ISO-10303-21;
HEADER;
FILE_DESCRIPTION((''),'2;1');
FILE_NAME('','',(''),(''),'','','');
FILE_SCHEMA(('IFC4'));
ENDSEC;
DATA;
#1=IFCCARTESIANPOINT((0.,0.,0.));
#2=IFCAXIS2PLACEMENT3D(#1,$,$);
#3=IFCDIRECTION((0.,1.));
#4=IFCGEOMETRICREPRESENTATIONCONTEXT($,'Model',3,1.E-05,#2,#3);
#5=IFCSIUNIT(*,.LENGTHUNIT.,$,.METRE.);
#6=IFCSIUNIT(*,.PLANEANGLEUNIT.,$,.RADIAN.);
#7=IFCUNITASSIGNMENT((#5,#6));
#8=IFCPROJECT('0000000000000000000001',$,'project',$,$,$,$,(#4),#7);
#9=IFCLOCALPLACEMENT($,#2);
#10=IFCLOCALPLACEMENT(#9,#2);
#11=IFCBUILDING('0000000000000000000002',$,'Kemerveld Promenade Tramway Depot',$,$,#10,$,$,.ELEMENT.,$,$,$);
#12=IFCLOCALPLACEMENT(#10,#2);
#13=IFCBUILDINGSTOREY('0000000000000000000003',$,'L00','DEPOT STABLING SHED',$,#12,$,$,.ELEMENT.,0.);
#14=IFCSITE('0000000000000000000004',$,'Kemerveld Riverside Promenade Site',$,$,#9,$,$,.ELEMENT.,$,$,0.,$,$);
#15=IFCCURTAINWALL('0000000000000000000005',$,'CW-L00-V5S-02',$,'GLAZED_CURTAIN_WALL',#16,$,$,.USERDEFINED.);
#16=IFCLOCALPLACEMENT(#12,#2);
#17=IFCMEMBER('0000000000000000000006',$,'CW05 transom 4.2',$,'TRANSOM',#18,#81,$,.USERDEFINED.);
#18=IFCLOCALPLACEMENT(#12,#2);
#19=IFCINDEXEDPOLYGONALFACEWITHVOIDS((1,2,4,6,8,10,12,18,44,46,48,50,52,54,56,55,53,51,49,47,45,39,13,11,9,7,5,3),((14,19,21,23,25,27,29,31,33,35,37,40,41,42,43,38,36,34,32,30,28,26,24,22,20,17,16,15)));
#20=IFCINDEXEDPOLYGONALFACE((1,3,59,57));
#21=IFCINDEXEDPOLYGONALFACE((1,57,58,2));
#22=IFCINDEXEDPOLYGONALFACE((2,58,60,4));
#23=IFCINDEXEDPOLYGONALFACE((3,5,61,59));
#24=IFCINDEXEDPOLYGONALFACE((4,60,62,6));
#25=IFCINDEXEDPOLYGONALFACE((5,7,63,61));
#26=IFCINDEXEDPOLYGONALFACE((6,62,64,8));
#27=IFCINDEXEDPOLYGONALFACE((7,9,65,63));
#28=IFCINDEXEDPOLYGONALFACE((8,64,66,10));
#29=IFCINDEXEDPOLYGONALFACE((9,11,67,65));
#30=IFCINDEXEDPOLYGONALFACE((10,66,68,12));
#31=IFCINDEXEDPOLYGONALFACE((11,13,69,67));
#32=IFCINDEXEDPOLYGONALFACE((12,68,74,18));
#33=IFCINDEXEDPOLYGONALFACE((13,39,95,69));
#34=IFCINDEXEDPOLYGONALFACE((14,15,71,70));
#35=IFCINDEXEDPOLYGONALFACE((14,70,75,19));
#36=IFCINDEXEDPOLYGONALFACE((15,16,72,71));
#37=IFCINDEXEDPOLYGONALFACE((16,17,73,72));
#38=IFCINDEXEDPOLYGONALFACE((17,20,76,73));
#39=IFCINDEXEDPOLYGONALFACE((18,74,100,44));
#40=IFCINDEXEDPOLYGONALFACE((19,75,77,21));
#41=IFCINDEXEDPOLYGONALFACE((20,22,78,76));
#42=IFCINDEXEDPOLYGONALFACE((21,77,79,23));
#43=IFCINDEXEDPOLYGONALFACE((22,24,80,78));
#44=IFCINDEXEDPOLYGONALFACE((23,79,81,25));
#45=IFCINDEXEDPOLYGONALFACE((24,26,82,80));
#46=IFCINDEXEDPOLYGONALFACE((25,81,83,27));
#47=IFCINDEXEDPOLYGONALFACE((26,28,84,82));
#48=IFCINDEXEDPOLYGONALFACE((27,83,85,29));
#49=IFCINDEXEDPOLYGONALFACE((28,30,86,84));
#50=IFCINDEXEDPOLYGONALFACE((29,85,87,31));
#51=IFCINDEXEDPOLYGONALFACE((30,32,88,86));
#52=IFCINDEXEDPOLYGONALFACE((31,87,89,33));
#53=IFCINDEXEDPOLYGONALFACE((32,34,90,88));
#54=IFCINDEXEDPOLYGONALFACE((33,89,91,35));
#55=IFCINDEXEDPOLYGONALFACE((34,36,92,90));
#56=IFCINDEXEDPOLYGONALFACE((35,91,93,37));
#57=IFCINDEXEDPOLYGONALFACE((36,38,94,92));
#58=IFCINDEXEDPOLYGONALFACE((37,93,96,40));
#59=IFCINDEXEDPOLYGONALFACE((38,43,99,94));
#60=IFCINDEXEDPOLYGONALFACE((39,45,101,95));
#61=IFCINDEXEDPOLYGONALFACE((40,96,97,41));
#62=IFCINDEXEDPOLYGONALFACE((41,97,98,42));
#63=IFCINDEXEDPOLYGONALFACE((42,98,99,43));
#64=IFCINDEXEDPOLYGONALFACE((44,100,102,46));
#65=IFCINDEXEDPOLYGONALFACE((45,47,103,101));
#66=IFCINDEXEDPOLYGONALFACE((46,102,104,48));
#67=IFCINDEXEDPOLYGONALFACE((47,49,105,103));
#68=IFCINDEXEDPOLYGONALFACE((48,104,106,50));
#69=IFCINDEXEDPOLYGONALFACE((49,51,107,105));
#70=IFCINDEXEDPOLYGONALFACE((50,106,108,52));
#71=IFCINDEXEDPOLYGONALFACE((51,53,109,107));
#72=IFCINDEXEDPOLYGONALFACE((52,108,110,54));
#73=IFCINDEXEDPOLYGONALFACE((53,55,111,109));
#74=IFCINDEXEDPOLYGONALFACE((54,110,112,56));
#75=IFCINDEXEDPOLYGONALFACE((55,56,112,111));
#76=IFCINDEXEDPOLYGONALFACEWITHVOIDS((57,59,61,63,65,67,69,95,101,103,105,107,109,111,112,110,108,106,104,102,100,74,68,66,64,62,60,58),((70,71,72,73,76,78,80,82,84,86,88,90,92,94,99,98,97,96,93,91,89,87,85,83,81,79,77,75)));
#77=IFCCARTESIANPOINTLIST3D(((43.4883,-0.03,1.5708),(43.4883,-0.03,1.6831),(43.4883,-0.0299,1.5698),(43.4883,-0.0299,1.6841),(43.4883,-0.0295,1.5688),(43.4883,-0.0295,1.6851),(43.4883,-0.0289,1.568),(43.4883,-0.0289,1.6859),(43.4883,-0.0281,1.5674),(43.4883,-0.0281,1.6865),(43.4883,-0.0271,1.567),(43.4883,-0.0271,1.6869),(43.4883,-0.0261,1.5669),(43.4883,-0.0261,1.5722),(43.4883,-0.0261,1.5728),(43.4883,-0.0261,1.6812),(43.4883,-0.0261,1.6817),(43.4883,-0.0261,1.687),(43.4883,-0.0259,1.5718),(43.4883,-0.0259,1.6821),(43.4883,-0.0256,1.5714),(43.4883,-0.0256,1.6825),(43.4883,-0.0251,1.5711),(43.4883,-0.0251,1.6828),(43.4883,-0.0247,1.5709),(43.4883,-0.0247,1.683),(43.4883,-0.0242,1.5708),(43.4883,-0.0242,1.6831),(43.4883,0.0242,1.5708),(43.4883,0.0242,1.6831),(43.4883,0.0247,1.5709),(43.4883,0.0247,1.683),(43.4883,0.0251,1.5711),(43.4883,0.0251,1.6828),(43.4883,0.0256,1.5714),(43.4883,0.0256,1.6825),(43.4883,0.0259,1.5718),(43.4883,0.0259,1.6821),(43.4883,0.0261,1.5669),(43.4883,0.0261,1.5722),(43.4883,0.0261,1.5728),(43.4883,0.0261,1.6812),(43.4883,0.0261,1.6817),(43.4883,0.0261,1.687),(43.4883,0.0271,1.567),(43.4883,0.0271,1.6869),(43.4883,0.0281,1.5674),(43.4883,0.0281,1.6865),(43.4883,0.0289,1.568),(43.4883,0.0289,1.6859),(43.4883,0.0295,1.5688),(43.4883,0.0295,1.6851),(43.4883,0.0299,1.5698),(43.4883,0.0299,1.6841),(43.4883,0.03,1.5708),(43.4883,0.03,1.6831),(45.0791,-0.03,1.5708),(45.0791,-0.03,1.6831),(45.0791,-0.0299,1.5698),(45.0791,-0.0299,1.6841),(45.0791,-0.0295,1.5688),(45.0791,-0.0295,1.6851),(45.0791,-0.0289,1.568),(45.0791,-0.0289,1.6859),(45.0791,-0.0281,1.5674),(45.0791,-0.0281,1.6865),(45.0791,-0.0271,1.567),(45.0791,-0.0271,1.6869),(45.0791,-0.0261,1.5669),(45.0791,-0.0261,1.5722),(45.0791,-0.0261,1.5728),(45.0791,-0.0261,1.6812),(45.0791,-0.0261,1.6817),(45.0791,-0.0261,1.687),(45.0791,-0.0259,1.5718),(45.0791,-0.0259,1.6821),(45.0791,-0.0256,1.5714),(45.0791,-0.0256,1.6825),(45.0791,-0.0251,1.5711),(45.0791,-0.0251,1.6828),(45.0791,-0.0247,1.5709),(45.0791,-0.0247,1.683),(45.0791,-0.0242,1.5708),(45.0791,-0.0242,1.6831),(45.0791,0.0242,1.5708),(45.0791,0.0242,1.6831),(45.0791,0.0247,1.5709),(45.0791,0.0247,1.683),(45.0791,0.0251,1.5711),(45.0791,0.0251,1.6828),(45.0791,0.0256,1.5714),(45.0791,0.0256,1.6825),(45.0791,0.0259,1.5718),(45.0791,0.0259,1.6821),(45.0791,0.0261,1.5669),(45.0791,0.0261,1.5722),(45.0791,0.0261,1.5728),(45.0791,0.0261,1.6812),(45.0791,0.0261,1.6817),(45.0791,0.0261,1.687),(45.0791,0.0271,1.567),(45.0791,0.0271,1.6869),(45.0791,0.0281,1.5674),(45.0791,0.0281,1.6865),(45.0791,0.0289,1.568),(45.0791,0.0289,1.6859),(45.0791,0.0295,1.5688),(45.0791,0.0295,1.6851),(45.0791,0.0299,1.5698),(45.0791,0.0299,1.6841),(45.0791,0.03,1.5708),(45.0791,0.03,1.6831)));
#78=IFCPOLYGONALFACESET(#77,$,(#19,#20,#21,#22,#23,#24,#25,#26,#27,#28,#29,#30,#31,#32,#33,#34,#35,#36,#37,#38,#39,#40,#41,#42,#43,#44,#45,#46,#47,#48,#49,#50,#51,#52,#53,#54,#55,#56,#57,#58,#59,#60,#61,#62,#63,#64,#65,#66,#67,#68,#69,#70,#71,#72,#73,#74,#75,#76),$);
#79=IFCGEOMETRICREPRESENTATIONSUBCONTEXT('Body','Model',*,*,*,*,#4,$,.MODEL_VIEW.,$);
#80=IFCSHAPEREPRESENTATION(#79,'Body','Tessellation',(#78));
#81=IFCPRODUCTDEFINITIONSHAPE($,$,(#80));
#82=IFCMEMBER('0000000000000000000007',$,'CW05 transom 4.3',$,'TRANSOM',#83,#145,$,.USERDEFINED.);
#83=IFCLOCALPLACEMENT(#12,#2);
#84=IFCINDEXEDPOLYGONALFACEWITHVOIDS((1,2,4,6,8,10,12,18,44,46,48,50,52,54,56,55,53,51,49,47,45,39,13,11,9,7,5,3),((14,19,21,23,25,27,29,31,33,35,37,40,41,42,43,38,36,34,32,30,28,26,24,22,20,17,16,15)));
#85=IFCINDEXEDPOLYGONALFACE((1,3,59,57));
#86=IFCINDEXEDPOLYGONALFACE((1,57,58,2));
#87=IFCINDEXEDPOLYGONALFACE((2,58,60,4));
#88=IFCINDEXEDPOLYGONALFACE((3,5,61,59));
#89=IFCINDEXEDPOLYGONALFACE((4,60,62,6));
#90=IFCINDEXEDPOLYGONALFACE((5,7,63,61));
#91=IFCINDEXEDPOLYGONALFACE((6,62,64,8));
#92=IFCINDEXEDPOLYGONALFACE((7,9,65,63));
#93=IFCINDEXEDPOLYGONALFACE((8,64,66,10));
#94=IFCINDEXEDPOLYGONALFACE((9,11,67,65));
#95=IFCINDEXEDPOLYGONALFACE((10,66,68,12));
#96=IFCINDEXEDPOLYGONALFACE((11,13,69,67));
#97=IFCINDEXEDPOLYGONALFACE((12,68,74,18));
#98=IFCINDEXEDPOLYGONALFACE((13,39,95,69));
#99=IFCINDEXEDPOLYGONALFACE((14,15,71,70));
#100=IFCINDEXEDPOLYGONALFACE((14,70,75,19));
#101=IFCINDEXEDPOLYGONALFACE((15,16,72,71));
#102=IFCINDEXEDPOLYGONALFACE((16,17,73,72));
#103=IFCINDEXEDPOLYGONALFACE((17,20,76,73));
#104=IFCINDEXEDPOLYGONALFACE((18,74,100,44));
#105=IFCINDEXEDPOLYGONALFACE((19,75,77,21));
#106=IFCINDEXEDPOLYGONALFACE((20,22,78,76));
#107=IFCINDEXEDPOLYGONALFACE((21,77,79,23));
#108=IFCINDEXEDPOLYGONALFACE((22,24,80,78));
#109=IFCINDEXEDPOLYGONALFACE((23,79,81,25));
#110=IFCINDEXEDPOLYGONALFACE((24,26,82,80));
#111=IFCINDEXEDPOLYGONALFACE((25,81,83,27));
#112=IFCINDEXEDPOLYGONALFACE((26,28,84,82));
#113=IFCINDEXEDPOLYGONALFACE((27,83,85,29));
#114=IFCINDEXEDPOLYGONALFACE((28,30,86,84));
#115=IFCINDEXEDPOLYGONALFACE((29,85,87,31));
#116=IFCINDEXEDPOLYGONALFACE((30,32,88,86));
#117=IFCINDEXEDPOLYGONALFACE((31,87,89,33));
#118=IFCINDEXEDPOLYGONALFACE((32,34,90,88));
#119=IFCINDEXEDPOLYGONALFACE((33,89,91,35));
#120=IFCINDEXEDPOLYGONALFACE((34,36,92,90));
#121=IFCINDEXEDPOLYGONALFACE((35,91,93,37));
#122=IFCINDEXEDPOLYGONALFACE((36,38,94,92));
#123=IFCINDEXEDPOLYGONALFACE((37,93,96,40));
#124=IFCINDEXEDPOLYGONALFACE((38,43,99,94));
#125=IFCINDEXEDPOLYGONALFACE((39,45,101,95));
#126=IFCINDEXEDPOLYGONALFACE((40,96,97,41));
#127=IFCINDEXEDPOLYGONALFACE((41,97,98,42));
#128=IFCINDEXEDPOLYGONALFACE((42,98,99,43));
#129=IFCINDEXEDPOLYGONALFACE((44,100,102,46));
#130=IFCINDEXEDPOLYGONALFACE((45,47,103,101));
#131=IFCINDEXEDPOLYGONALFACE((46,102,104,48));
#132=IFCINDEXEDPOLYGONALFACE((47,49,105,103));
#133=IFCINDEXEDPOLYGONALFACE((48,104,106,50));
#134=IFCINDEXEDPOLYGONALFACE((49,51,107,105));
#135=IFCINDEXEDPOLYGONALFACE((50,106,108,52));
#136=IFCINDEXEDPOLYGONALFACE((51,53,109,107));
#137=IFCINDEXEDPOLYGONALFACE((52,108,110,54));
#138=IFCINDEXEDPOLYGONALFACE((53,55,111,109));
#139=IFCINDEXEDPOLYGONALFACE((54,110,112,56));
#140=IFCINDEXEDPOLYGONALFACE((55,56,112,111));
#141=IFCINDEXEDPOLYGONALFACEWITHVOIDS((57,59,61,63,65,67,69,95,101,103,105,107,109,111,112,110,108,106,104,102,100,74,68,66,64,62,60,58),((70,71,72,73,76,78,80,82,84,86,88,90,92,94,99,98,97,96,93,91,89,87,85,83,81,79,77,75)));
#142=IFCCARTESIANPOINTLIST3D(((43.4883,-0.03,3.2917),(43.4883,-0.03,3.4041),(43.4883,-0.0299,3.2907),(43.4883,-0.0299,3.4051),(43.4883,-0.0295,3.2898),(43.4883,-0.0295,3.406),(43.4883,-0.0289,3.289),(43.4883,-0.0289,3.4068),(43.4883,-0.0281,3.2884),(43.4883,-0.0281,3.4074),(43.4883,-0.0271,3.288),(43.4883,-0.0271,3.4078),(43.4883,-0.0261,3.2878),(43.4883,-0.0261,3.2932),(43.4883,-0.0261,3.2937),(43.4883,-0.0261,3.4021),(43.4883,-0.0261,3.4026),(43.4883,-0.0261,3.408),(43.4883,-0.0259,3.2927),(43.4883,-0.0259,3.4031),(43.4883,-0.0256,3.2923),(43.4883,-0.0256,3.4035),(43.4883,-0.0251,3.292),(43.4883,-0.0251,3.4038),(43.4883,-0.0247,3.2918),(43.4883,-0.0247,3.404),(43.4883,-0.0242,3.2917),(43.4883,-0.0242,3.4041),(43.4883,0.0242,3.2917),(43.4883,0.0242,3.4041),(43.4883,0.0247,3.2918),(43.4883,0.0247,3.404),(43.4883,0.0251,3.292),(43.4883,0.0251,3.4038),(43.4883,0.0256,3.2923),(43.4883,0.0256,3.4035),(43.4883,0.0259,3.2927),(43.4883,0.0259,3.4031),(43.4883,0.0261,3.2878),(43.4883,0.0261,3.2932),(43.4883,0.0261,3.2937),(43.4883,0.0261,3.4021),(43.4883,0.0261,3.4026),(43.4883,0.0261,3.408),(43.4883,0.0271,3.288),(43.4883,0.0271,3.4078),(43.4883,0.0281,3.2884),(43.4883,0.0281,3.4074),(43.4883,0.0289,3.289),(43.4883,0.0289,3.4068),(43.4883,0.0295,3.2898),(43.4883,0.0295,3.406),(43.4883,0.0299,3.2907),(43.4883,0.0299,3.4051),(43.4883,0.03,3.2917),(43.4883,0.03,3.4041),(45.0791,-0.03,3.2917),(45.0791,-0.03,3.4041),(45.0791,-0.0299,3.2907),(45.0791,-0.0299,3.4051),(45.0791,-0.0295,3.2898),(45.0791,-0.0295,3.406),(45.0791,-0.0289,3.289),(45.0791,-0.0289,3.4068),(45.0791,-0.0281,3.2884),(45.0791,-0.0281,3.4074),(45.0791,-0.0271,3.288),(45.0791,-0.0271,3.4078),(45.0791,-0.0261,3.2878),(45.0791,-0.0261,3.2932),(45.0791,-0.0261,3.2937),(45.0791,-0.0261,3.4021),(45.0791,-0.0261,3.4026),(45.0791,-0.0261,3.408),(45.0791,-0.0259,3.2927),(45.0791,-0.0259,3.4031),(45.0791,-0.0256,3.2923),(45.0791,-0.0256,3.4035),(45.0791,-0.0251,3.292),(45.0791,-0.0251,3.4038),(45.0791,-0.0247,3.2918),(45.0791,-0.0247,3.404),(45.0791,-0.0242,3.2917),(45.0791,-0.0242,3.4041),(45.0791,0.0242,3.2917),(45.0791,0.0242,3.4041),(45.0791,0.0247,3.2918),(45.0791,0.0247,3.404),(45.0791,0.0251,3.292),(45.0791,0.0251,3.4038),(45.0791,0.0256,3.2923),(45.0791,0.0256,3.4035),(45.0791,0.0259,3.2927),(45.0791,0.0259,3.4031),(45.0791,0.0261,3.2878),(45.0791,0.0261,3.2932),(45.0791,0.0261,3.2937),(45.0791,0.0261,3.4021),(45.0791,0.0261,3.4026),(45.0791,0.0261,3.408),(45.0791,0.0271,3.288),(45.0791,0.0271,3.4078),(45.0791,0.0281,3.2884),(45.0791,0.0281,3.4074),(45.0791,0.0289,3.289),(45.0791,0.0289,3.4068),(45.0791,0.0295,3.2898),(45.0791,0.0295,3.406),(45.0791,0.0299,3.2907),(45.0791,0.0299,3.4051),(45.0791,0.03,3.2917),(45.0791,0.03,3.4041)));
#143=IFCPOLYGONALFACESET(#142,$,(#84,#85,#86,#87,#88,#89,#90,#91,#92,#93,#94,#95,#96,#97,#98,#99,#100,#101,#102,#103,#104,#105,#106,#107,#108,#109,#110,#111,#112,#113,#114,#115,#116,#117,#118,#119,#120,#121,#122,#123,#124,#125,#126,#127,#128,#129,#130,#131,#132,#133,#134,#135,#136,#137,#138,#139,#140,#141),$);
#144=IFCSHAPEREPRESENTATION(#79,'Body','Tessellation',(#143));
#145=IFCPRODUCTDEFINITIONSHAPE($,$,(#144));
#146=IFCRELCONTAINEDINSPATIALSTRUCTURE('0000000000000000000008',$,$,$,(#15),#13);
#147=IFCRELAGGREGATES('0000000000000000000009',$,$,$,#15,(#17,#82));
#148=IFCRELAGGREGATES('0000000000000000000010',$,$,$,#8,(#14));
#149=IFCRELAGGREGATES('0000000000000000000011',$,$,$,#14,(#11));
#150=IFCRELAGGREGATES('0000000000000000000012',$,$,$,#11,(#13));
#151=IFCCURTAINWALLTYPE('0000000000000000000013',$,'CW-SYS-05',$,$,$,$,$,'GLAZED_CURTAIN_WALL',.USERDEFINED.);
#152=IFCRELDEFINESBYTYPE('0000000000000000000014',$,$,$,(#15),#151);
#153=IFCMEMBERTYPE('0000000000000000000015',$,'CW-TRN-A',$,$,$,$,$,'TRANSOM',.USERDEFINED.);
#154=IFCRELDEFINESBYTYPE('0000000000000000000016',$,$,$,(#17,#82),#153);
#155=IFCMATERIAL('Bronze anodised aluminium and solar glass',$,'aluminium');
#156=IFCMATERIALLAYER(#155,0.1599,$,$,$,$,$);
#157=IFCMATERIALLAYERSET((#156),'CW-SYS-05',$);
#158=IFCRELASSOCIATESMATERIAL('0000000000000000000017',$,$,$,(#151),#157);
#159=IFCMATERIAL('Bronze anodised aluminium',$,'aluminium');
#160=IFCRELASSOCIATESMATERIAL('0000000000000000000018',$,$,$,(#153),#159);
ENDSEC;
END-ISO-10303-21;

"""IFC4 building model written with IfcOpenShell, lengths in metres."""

from ifc_helpers import new_model, si_unit, direction, frame, origin, origin_2d, place, context, subcontext, project, spatial, hollow_rectangle, extrude, material, layer, layer_set, material_profile, profile_set, type_object, element, aggregate, save


model = new_model("IFC4")

# Units and contexts
model_context = context("Model", 3, precision=1e-05, world=origin(), true_north=direction((0.0, 1.0)))
body_context = subcontext(model_context, "Body", "Model", "MODEL_VIEW")
ifc_project = project(units=[si_unit("LENGTHUNIT", "METRE"), si_unit("PLANEANGLEUNIT", "RADIAN")], contexts=[model_context])

# Site, building, storey
site_placement = place(None, origin())
site = spatial("IfcSite", under=ifc_project, at=site_placement, Name="Kemerveld Riverside Promenade Site", CompositionType="ELEMENT", RefElevation=0.0)
building_placement = place(site_placement, origin())
building = spatial("IfcBuilding", under=site, at=building_placement, Name="Kemerveld Promenade Tramway Depot", CompositionType="ELEMENT")
storey_placement = place(building_placement, origin())
storey = spatial("IfcBuildingStorey", under=building, at=storey_placement, Name="L00", Description="DEPOT STABLING SHED", CompositionType="ELEMENT", Elevation=0.0)

# Curtain wall
ifc_material_1 = material(Name="Bronze anodised aluminium and solar glass", Category="aluminium")
ifc_layer_1 = layer(ifc_material_1, 0.1599)
ifc_layer_set_1 = layer_set([ifc_layer_1], Name="CW-SYS-05")
curtain_wall_type_1 = type_object("IfcCurtainWallType", Name="CW-SYS-05", ElementType="GLAZED_CURTAIN_WALL", PredefinedType="USERDEFINED", material=ifc_layer_set_1)
curtain_wall_1_placement = place(storey_placement, origin())
curtain_wall_1 = element("IfcCurtainWall", 1, at=curtain_wall_1_placement, inside=storey, type_object=curtain_wall_type_1, Name="CW-L00-V5S-02", ObjectType="GLAZED_CURTAIN_WALL", PredefinedType="USERDEFINED")
ifc_material_2 = material(Name="Bronze anodised aluminium", Category="aluminium")

# Members
ifc_material_profile_1 = material_profile(ifc_material_2, hollow_rectangle(XDim=0.0601, YDim=0.1201, WallThickness=0.0039, InnerFilletRadius=0.002, OuterFilletRadius=0.0039, at=origin_2d()), Name="CW-TRN-120x60")
ifc_profile_set_1 = profile_set([ifc_material_profile_1], Name="Bronze anodised aluminium")
member_type_1 = type_object("IfcMemberType", Name="CW-TRN-A", ElementType="TRANSOM", PredefinedType="USERDEFINED", material=ifc_profile_set_1)
member_1_placement = place(storey_placement, frame((45.0791, 0.0, 1.627), z_axis=(-1.0, 0.0, 0.0), x_axis=(0.0, -1.0, 0.0)))
member_1 = element("IfcMember", 2, at=member_1_placement, type_object=member_type_1, Name="CW05 transom 4.2", ObjectType="TRANSOM", PredefinedType="USERDEFINED", context=body_context, shape_type="SweptSolid", body=[
    extrude(hollow_rectangle(XDim=0.0601, YDim=0.1201, WallThickness=0.0039, InnerFilletRadius=0.002, OuterFilletRadius=0.0039, at=origin_2d()), origin(), (0.0, 0.0, 1.0), 1.5908),
])
member_2_placement = place(storey_placement, frame((45.0791, 0.0, 3.3479), z_axis=(-1.0, 0.0, 0.0), x_axis=(0.0, -1.0, 0.0)))
member_2 = element("IfcMember", 3, at=member_2_placement, type_object=member_type_1, Name="CW05 transom 4.3", ObjectType="TRANSOM", PredefinedType="USERDEFINED", context=body_context, shape_type="SweptSolid", body=[
    extrude(hollow_rectangle(XDim=0.0601, YDim=0.1201, WallThickness=0.0039, InnerFilletRadius=0.002, OuterFilletRadius=0.0039, at=origin_2d()), origin(), (0.0, 0.0, 1.0), 1.5908),
])

aggregate(curtain_wall_1, [member_1, member_2])

save(model, "model.ifc")
